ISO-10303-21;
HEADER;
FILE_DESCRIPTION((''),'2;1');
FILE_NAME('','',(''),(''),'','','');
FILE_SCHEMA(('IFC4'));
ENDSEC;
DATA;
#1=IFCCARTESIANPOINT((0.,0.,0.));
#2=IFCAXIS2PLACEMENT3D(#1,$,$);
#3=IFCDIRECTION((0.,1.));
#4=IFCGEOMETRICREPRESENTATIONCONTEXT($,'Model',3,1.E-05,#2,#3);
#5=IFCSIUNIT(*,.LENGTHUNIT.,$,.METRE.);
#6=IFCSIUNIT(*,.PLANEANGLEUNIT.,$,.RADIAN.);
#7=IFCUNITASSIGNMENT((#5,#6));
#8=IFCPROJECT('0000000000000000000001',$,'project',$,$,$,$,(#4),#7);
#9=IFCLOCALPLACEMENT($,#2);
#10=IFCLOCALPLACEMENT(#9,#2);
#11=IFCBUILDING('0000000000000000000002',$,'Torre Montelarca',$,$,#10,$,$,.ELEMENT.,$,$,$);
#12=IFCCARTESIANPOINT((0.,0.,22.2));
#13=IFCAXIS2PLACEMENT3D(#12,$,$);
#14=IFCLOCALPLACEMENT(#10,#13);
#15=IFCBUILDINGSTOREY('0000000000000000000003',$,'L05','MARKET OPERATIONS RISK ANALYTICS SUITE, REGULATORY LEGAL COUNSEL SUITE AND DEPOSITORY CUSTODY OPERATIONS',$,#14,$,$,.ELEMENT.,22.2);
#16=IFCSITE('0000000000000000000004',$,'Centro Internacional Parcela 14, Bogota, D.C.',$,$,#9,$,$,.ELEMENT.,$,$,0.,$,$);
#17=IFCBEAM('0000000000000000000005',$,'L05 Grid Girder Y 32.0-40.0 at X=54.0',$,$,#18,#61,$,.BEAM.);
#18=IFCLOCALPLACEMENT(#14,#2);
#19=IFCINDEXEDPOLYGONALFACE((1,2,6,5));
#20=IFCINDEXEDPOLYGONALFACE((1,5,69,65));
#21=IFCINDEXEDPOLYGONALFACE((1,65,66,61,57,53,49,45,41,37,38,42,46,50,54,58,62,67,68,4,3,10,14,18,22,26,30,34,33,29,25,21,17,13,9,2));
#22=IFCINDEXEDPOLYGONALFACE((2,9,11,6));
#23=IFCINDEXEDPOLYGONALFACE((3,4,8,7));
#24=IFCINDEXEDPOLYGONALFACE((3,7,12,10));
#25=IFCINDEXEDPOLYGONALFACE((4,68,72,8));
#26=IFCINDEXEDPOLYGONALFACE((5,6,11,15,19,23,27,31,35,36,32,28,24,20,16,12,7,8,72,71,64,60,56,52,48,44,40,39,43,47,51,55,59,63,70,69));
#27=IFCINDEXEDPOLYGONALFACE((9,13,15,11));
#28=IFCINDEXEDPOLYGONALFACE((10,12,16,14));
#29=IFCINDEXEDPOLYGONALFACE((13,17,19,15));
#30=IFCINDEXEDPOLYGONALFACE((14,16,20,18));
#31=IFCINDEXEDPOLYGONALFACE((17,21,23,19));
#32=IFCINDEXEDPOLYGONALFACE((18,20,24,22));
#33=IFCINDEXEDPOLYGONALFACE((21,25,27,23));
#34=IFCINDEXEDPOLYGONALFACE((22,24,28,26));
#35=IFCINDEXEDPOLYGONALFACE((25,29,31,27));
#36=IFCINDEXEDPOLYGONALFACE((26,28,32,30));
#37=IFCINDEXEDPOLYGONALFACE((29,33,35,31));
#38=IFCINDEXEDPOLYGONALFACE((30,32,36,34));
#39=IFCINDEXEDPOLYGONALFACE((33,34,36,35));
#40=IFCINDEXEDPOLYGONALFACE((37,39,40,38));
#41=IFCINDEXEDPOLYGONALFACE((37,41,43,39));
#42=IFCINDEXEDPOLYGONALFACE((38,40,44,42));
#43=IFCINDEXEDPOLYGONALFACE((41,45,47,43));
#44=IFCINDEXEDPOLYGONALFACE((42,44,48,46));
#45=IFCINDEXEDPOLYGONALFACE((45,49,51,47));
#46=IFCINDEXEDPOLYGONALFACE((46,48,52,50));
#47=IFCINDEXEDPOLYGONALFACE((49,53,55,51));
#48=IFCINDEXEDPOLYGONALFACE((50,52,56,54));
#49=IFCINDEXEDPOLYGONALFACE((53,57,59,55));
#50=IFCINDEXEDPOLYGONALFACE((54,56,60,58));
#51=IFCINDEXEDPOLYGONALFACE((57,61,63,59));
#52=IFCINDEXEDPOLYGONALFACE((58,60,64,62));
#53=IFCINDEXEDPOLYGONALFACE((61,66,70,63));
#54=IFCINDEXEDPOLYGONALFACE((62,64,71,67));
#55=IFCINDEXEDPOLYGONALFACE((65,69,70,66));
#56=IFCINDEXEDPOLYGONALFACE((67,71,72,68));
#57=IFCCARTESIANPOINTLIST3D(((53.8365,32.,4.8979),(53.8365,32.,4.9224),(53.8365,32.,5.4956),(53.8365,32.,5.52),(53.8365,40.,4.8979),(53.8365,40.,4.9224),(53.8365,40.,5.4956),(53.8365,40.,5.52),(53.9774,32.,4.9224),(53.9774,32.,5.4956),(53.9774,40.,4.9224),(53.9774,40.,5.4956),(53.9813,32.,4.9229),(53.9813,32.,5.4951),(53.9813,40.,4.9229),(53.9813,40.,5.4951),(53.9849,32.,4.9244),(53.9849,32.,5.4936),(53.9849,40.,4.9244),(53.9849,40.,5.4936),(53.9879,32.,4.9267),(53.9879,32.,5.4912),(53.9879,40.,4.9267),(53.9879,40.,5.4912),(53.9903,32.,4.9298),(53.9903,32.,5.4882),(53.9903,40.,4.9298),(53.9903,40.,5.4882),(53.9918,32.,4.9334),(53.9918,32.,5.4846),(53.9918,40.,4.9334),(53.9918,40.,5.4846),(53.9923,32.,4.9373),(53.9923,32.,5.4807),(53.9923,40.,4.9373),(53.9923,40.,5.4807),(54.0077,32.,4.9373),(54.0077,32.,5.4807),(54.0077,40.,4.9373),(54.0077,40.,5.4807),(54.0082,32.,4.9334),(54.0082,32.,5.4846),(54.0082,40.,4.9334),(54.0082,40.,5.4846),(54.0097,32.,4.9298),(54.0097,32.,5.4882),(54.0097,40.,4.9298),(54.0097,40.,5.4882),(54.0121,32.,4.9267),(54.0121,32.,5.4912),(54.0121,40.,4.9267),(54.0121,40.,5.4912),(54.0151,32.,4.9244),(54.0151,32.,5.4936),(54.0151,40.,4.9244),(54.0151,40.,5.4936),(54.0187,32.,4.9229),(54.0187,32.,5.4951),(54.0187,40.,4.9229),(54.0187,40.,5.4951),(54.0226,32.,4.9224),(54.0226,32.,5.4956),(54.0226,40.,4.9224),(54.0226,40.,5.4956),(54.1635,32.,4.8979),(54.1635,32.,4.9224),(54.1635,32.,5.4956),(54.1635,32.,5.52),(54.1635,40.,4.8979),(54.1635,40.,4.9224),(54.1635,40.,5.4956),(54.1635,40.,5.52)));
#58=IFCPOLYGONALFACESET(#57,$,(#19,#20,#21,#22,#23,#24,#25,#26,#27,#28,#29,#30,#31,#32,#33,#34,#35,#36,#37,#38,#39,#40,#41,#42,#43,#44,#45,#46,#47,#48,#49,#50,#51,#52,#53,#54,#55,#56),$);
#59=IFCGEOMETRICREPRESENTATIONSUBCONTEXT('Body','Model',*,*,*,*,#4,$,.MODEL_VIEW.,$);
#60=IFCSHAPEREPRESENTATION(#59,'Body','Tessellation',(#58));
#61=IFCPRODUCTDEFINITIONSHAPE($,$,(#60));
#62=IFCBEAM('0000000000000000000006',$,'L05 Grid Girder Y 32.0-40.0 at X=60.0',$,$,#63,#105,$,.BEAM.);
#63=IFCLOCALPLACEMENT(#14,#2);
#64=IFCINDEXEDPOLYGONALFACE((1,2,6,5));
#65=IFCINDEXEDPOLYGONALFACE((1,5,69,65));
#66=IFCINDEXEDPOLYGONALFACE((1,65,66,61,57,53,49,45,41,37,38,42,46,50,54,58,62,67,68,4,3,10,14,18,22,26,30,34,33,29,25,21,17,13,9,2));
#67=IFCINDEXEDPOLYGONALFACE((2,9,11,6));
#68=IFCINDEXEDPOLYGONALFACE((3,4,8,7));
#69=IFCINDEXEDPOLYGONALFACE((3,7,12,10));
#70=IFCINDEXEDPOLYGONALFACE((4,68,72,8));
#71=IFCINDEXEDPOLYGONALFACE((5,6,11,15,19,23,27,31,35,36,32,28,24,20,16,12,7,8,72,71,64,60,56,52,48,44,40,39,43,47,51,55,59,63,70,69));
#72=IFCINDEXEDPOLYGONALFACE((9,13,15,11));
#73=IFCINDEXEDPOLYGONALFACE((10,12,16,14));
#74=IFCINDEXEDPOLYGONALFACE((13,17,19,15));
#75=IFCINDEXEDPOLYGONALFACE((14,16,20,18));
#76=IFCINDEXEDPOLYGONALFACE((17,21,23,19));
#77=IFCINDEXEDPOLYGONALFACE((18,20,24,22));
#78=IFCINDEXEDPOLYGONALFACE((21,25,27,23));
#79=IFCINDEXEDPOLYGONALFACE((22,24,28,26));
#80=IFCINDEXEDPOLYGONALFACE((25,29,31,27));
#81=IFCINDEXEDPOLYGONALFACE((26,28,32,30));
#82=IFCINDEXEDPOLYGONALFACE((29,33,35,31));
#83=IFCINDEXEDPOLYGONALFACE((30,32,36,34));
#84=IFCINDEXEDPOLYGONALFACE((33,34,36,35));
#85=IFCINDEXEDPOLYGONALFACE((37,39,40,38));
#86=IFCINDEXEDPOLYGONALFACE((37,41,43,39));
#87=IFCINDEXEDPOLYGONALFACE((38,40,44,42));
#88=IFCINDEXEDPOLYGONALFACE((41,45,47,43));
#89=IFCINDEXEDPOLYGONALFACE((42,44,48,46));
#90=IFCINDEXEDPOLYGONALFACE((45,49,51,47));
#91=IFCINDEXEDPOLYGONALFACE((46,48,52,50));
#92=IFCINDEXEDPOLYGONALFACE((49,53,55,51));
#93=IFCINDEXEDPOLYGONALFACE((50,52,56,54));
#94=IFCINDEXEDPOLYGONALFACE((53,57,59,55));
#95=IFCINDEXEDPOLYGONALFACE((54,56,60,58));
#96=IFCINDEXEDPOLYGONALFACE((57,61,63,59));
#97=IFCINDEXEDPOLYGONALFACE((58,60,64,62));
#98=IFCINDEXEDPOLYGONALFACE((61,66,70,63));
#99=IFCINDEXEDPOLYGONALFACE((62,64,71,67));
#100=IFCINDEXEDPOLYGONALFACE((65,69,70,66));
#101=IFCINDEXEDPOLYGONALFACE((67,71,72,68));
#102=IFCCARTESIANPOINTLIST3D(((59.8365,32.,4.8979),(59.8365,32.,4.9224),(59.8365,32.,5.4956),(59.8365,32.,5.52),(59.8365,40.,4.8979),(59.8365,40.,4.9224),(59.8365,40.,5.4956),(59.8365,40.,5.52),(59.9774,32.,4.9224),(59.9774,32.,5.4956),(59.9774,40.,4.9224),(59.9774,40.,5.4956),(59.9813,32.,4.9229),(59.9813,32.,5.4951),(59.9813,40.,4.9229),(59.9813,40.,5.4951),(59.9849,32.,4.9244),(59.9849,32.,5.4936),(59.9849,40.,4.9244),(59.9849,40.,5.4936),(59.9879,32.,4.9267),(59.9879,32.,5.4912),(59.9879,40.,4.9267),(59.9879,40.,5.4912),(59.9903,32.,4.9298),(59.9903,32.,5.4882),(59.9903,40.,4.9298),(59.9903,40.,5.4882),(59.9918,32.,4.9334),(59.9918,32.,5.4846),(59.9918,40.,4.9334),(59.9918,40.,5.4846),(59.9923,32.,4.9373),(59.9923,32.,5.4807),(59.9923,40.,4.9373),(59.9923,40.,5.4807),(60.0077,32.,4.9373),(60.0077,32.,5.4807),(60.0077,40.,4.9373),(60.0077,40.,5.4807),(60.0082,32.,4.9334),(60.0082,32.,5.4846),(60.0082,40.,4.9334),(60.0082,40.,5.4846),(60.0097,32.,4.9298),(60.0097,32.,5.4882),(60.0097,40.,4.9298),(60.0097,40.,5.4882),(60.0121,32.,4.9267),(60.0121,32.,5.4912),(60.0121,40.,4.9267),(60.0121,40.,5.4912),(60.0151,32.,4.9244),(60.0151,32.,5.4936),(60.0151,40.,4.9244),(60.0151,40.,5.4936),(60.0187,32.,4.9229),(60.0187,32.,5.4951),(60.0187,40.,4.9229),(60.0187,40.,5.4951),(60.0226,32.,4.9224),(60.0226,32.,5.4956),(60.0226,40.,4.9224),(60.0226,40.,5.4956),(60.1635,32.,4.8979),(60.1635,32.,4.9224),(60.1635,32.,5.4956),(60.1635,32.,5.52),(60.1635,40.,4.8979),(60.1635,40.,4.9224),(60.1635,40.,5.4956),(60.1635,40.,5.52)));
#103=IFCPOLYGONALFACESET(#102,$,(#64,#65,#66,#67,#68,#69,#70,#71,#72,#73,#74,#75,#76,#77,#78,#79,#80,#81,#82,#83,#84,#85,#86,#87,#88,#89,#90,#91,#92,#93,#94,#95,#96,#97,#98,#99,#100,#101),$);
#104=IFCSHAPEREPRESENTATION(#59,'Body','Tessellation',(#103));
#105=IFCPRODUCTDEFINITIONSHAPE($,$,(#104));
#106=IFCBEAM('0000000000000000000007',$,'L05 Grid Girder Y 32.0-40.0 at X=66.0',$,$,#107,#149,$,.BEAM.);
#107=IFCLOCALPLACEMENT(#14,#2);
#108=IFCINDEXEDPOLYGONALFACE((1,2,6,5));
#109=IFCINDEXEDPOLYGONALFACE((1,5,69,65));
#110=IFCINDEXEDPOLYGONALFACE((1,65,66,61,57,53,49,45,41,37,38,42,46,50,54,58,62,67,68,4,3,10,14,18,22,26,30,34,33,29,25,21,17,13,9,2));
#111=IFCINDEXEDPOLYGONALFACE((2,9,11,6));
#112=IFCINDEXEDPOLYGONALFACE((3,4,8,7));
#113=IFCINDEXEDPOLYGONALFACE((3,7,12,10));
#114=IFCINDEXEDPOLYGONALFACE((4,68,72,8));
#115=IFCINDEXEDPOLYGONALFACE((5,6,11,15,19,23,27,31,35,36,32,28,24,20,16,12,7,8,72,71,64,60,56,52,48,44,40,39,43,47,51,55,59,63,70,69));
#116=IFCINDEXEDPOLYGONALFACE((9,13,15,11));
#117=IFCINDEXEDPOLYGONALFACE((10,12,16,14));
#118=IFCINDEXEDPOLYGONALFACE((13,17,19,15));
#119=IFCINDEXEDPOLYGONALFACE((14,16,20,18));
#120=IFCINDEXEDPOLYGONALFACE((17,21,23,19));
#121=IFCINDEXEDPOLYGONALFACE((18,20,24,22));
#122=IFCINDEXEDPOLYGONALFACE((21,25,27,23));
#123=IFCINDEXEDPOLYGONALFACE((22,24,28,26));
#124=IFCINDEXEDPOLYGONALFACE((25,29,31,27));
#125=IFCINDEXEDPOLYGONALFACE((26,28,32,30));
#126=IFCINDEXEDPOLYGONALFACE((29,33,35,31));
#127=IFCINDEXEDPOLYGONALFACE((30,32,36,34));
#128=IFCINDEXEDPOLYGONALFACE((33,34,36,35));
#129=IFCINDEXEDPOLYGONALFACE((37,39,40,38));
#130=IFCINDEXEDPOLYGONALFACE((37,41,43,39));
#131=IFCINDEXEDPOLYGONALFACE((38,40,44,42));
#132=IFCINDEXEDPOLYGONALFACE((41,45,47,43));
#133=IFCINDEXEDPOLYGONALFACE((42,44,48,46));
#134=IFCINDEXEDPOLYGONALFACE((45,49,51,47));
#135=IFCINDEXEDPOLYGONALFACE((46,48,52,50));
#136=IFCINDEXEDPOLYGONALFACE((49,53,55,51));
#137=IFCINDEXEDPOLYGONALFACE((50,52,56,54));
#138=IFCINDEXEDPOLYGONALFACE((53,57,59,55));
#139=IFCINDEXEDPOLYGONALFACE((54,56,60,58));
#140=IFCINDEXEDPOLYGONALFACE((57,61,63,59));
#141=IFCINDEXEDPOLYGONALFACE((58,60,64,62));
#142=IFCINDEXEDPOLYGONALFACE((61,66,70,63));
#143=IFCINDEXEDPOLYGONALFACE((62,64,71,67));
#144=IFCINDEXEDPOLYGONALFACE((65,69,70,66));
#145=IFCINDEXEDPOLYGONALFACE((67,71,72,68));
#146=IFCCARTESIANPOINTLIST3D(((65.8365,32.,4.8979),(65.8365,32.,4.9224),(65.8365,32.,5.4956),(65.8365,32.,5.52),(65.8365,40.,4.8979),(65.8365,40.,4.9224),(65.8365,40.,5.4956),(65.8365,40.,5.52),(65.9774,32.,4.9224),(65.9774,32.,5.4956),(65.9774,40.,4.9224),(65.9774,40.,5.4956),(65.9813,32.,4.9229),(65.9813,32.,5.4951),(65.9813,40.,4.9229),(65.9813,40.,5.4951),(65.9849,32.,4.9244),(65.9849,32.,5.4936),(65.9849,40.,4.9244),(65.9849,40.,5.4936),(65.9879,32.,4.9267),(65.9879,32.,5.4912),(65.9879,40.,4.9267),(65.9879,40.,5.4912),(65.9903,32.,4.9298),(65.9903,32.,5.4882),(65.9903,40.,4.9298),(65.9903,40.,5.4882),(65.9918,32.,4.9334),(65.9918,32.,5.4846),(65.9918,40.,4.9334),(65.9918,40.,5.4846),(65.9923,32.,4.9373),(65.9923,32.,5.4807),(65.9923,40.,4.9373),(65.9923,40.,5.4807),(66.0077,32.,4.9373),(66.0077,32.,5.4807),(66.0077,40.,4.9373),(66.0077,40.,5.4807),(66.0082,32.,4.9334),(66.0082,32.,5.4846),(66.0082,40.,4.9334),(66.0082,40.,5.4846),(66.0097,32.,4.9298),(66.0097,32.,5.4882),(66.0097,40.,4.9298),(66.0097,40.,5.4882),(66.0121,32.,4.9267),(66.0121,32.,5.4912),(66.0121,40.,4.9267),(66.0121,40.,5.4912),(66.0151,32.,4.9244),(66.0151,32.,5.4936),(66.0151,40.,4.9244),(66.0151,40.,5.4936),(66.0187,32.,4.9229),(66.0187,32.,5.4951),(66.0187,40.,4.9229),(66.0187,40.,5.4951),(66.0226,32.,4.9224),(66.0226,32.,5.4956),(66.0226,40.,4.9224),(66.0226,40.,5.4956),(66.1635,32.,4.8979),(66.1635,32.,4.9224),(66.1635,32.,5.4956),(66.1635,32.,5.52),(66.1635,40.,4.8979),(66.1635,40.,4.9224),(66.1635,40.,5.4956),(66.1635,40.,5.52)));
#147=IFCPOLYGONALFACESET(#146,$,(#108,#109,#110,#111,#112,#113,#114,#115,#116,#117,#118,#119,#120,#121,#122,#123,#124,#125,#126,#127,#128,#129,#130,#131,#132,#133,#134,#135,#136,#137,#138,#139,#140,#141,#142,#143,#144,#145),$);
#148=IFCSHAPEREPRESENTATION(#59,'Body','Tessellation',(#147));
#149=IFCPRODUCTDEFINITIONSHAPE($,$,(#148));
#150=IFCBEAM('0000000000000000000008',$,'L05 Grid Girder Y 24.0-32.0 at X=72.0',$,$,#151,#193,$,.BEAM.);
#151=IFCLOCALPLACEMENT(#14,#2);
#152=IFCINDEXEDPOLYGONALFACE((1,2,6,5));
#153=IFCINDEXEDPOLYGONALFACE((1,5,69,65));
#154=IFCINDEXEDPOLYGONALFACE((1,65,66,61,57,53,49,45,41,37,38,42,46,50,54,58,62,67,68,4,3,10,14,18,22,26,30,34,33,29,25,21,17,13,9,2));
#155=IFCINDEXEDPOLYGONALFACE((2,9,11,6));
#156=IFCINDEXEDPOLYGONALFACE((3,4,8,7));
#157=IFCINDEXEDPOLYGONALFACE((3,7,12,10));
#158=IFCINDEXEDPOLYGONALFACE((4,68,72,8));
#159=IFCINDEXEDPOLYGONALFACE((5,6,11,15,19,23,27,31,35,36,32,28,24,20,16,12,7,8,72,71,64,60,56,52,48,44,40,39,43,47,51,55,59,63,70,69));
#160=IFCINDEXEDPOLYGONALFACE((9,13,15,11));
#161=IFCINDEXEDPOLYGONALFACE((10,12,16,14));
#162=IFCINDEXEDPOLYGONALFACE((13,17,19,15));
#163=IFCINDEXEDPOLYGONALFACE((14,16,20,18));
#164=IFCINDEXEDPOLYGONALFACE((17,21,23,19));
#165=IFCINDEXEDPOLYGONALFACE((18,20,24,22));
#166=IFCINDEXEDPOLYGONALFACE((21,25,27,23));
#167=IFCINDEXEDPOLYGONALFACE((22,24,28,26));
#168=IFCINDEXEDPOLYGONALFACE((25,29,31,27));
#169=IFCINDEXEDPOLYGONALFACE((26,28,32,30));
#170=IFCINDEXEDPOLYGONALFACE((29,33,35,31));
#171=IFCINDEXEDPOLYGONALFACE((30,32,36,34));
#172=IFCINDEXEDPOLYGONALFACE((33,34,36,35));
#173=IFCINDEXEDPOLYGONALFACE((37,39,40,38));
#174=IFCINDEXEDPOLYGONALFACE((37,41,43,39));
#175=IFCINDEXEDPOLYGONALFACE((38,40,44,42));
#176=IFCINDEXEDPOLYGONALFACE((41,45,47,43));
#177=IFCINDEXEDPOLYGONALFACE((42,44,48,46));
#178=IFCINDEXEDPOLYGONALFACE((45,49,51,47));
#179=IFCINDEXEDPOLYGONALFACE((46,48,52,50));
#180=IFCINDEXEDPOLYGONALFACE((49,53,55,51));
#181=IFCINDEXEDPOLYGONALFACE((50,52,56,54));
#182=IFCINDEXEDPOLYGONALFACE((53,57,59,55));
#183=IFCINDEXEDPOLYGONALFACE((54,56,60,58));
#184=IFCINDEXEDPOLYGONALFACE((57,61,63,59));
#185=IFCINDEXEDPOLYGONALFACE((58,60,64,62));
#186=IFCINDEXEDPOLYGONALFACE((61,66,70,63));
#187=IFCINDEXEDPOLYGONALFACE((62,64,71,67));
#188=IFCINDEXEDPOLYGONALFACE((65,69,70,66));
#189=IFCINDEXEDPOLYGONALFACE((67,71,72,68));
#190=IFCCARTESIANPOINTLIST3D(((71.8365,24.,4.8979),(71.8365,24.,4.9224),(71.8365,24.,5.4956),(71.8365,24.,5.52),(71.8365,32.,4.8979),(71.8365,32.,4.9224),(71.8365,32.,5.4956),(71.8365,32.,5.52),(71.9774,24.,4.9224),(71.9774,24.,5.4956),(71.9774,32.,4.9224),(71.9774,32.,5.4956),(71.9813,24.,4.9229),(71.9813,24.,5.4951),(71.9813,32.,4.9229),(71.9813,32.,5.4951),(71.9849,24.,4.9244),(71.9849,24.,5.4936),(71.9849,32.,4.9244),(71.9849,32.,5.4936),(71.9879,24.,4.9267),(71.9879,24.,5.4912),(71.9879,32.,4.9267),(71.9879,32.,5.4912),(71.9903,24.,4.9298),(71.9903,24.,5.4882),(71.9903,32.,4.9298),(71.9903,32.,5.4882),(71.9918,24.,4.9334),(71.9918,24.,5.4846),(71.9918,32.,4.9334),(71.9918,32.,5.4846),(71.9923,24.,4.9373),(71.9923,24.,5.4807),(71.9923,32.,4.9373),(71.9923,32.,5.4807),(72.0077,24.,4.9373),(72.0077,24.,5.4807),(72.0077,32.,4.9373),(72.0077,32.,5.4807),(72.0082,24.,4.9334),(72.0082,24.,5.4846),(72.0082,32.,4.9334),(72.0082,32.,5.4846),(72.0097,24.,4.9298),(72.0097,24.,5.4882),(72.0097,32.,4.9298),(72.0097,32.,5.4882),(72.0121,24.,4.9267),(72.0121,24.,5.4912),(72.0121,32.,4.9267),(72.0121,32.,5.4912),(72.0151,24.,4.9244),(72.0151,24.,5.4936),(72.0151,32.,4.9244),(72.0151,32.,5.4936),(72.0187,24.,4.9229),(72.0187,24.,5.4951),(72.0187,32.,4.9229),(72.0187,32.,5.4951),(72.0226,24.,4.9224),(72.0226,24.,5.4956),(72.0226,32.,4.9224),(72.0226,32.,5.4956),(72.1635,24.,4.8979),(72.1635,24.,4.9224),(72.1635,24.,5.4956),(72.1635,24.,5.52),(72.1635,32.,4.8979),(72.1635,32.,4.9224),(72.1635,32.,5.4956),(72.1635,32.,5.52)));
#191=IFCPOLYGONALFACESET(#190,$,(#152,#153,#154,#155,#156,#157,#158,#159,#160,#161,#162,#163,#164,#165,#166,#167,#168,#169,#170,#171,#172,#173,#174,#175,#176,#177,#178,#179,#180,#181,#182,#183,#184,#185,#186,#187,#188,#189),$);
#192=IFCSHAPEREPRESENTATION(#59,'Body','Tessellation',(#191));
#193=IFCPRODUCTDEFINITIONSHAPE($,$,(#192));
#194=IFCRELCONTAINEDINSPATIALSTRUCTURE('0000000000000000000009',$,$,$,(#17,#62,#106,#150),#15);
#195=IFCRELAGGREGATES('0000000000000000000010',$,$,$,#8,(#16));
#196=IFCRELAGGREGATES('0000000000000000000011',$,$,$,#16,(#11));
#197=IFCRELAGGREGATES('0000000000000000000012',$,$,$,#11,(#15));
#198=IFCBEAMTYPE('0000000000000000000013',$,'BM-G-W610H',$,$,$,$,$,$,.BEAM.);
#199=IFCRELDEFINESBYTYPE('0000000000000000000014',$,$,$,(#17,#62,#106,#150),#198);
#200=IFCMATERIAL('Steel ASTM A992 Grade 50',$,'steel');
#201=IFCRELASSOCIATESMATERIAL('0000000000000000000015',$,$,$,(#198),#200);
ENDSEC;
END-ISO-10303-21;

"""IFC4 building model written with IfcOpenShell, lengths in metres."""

from ifc_helpers import new_model, si_unit, direction, frame, origin, origin_2d, place, context, subcontext, project, spatial, i_section, extrude, source, transform, mapped, material, material_profile, profile_set, type_object, element, save


model = new_model("IFC4")

# Units and contexts
model_context = context("Model", 3, precision=1e-05, world=origin(), true_north=direction((0.0, 1.0)))
body_context = subcontext(model_context, "Body", "Model", "MODEL_VIEW")
ifc_project = project(units=[si_unit("LENGTHUNIT", "METRE"), si_unit("PLANEANGLEUNIT", "RADIAN")], contexts=[model_context])

# Site, building, storey
site_placement = place(None, origin())
site = spatial("IfcSite", under=ifc_project, at=site_placement, Name="Centro Internacional Parcela 14, Bogota, D.C.", CompositionType="ELEMENT", RefElevation=0.0)
building_placement = place(site_placement, origin())
building = spatial("IfcBuilding", under=site, at=building_placement, Name="Torre Montelarca", CompositionType="ELEMENT")
storey_placement = place(building_placement, frame((0.0, 0.0, 22.2)))
storey = spatial("IfcBuildingStorey", under=building, at=storey_placement, Name="L05", Description="MARKET OPERATIONS RISK ANALYTICS SUITE, REGULATORY LEGAL COUNSEL SUITE AND DEPOSITORY CUSTODY OPERATIONS", CompositionType="ELEMENT", Elevation=22.2)

# Shared definitions
ifc_material_1 = material(Name="Steel ASTM A992 Grade 50", Category="steel")

# Beams
ifc_material_profile_1 = material_profile(ifc_material_1, i_section(OverallWidth=0.3269, OverallDepth=0.6221, WebThickness=0.0154, FlangeThickness=0.0244, FilletRadius=0.0149, at=origin_2d()), Name="W610X195", Category="steel")
ifc_profile_set_1 = profile_set([ifc_material_profile_1], Name="Steel ASTM A992 Grade 50")
beam_type_1 = type_object("IfcBeamType", Name="BM-G-W610H", PredefinedType="BEAM", material=ifc_profile_set_1)
shared_shape_1 = source(origin(), body_context, "Body", "SweptSolid", [
    extrude(i_section(OverallWidth=0.3269, OverallDepth=0.6221, WebThickness=0.0154, FlangeThickness=0.0244, FilletRadius=0.0149, at=origin_2d()), origin(), (0.0, 0.0, 1.0), 8.0),
])
for number, where, z_axis, x_axis, name in (
    (1, (54.0, 32.0, 5.209), (0.0, 1.0, 0.0), (-1.0, 0.0, 0.0), "L05 Grid Girder Y 32.0-40.0 at X=54.0"),
    (2, (60.0, 32.0, 5.209), (0.0, 1.0, 0.0), (-1.0, 0.0, 0.0), "L05 Grid Girder Y 32.0-40.0 at X=60.0"),
    (3, (66.0, 32.0, 5.209), (0.0, 1.0, 0.0), (-1.0, 0.0, 0.0), "L05 Grid Girder Y 32.0-40.0 at X=66.0"),
    (4, (72.0, 24.0, 5.209), (0.0, 1.0, 0.0), (-1.0, 0.0, 0.0), "L05 Grid Girder Y 24.0-32.0 at X=72.0"),
):
    element("IfcBeam", number, at=place(storey_placement, frame(where, z_axis=z_axis, x_axis=x_axis)), inside=storey, type_object=beam_type_1, Name=name, PredefinedType="BEAM", context=body_context, shape_type="MappedRepresentation", body=[
        mapped(shared_shape_1, transform((0.0, 0.0, 0.0), scale=1.0)),
    ])

save(model, "model.ifc")
